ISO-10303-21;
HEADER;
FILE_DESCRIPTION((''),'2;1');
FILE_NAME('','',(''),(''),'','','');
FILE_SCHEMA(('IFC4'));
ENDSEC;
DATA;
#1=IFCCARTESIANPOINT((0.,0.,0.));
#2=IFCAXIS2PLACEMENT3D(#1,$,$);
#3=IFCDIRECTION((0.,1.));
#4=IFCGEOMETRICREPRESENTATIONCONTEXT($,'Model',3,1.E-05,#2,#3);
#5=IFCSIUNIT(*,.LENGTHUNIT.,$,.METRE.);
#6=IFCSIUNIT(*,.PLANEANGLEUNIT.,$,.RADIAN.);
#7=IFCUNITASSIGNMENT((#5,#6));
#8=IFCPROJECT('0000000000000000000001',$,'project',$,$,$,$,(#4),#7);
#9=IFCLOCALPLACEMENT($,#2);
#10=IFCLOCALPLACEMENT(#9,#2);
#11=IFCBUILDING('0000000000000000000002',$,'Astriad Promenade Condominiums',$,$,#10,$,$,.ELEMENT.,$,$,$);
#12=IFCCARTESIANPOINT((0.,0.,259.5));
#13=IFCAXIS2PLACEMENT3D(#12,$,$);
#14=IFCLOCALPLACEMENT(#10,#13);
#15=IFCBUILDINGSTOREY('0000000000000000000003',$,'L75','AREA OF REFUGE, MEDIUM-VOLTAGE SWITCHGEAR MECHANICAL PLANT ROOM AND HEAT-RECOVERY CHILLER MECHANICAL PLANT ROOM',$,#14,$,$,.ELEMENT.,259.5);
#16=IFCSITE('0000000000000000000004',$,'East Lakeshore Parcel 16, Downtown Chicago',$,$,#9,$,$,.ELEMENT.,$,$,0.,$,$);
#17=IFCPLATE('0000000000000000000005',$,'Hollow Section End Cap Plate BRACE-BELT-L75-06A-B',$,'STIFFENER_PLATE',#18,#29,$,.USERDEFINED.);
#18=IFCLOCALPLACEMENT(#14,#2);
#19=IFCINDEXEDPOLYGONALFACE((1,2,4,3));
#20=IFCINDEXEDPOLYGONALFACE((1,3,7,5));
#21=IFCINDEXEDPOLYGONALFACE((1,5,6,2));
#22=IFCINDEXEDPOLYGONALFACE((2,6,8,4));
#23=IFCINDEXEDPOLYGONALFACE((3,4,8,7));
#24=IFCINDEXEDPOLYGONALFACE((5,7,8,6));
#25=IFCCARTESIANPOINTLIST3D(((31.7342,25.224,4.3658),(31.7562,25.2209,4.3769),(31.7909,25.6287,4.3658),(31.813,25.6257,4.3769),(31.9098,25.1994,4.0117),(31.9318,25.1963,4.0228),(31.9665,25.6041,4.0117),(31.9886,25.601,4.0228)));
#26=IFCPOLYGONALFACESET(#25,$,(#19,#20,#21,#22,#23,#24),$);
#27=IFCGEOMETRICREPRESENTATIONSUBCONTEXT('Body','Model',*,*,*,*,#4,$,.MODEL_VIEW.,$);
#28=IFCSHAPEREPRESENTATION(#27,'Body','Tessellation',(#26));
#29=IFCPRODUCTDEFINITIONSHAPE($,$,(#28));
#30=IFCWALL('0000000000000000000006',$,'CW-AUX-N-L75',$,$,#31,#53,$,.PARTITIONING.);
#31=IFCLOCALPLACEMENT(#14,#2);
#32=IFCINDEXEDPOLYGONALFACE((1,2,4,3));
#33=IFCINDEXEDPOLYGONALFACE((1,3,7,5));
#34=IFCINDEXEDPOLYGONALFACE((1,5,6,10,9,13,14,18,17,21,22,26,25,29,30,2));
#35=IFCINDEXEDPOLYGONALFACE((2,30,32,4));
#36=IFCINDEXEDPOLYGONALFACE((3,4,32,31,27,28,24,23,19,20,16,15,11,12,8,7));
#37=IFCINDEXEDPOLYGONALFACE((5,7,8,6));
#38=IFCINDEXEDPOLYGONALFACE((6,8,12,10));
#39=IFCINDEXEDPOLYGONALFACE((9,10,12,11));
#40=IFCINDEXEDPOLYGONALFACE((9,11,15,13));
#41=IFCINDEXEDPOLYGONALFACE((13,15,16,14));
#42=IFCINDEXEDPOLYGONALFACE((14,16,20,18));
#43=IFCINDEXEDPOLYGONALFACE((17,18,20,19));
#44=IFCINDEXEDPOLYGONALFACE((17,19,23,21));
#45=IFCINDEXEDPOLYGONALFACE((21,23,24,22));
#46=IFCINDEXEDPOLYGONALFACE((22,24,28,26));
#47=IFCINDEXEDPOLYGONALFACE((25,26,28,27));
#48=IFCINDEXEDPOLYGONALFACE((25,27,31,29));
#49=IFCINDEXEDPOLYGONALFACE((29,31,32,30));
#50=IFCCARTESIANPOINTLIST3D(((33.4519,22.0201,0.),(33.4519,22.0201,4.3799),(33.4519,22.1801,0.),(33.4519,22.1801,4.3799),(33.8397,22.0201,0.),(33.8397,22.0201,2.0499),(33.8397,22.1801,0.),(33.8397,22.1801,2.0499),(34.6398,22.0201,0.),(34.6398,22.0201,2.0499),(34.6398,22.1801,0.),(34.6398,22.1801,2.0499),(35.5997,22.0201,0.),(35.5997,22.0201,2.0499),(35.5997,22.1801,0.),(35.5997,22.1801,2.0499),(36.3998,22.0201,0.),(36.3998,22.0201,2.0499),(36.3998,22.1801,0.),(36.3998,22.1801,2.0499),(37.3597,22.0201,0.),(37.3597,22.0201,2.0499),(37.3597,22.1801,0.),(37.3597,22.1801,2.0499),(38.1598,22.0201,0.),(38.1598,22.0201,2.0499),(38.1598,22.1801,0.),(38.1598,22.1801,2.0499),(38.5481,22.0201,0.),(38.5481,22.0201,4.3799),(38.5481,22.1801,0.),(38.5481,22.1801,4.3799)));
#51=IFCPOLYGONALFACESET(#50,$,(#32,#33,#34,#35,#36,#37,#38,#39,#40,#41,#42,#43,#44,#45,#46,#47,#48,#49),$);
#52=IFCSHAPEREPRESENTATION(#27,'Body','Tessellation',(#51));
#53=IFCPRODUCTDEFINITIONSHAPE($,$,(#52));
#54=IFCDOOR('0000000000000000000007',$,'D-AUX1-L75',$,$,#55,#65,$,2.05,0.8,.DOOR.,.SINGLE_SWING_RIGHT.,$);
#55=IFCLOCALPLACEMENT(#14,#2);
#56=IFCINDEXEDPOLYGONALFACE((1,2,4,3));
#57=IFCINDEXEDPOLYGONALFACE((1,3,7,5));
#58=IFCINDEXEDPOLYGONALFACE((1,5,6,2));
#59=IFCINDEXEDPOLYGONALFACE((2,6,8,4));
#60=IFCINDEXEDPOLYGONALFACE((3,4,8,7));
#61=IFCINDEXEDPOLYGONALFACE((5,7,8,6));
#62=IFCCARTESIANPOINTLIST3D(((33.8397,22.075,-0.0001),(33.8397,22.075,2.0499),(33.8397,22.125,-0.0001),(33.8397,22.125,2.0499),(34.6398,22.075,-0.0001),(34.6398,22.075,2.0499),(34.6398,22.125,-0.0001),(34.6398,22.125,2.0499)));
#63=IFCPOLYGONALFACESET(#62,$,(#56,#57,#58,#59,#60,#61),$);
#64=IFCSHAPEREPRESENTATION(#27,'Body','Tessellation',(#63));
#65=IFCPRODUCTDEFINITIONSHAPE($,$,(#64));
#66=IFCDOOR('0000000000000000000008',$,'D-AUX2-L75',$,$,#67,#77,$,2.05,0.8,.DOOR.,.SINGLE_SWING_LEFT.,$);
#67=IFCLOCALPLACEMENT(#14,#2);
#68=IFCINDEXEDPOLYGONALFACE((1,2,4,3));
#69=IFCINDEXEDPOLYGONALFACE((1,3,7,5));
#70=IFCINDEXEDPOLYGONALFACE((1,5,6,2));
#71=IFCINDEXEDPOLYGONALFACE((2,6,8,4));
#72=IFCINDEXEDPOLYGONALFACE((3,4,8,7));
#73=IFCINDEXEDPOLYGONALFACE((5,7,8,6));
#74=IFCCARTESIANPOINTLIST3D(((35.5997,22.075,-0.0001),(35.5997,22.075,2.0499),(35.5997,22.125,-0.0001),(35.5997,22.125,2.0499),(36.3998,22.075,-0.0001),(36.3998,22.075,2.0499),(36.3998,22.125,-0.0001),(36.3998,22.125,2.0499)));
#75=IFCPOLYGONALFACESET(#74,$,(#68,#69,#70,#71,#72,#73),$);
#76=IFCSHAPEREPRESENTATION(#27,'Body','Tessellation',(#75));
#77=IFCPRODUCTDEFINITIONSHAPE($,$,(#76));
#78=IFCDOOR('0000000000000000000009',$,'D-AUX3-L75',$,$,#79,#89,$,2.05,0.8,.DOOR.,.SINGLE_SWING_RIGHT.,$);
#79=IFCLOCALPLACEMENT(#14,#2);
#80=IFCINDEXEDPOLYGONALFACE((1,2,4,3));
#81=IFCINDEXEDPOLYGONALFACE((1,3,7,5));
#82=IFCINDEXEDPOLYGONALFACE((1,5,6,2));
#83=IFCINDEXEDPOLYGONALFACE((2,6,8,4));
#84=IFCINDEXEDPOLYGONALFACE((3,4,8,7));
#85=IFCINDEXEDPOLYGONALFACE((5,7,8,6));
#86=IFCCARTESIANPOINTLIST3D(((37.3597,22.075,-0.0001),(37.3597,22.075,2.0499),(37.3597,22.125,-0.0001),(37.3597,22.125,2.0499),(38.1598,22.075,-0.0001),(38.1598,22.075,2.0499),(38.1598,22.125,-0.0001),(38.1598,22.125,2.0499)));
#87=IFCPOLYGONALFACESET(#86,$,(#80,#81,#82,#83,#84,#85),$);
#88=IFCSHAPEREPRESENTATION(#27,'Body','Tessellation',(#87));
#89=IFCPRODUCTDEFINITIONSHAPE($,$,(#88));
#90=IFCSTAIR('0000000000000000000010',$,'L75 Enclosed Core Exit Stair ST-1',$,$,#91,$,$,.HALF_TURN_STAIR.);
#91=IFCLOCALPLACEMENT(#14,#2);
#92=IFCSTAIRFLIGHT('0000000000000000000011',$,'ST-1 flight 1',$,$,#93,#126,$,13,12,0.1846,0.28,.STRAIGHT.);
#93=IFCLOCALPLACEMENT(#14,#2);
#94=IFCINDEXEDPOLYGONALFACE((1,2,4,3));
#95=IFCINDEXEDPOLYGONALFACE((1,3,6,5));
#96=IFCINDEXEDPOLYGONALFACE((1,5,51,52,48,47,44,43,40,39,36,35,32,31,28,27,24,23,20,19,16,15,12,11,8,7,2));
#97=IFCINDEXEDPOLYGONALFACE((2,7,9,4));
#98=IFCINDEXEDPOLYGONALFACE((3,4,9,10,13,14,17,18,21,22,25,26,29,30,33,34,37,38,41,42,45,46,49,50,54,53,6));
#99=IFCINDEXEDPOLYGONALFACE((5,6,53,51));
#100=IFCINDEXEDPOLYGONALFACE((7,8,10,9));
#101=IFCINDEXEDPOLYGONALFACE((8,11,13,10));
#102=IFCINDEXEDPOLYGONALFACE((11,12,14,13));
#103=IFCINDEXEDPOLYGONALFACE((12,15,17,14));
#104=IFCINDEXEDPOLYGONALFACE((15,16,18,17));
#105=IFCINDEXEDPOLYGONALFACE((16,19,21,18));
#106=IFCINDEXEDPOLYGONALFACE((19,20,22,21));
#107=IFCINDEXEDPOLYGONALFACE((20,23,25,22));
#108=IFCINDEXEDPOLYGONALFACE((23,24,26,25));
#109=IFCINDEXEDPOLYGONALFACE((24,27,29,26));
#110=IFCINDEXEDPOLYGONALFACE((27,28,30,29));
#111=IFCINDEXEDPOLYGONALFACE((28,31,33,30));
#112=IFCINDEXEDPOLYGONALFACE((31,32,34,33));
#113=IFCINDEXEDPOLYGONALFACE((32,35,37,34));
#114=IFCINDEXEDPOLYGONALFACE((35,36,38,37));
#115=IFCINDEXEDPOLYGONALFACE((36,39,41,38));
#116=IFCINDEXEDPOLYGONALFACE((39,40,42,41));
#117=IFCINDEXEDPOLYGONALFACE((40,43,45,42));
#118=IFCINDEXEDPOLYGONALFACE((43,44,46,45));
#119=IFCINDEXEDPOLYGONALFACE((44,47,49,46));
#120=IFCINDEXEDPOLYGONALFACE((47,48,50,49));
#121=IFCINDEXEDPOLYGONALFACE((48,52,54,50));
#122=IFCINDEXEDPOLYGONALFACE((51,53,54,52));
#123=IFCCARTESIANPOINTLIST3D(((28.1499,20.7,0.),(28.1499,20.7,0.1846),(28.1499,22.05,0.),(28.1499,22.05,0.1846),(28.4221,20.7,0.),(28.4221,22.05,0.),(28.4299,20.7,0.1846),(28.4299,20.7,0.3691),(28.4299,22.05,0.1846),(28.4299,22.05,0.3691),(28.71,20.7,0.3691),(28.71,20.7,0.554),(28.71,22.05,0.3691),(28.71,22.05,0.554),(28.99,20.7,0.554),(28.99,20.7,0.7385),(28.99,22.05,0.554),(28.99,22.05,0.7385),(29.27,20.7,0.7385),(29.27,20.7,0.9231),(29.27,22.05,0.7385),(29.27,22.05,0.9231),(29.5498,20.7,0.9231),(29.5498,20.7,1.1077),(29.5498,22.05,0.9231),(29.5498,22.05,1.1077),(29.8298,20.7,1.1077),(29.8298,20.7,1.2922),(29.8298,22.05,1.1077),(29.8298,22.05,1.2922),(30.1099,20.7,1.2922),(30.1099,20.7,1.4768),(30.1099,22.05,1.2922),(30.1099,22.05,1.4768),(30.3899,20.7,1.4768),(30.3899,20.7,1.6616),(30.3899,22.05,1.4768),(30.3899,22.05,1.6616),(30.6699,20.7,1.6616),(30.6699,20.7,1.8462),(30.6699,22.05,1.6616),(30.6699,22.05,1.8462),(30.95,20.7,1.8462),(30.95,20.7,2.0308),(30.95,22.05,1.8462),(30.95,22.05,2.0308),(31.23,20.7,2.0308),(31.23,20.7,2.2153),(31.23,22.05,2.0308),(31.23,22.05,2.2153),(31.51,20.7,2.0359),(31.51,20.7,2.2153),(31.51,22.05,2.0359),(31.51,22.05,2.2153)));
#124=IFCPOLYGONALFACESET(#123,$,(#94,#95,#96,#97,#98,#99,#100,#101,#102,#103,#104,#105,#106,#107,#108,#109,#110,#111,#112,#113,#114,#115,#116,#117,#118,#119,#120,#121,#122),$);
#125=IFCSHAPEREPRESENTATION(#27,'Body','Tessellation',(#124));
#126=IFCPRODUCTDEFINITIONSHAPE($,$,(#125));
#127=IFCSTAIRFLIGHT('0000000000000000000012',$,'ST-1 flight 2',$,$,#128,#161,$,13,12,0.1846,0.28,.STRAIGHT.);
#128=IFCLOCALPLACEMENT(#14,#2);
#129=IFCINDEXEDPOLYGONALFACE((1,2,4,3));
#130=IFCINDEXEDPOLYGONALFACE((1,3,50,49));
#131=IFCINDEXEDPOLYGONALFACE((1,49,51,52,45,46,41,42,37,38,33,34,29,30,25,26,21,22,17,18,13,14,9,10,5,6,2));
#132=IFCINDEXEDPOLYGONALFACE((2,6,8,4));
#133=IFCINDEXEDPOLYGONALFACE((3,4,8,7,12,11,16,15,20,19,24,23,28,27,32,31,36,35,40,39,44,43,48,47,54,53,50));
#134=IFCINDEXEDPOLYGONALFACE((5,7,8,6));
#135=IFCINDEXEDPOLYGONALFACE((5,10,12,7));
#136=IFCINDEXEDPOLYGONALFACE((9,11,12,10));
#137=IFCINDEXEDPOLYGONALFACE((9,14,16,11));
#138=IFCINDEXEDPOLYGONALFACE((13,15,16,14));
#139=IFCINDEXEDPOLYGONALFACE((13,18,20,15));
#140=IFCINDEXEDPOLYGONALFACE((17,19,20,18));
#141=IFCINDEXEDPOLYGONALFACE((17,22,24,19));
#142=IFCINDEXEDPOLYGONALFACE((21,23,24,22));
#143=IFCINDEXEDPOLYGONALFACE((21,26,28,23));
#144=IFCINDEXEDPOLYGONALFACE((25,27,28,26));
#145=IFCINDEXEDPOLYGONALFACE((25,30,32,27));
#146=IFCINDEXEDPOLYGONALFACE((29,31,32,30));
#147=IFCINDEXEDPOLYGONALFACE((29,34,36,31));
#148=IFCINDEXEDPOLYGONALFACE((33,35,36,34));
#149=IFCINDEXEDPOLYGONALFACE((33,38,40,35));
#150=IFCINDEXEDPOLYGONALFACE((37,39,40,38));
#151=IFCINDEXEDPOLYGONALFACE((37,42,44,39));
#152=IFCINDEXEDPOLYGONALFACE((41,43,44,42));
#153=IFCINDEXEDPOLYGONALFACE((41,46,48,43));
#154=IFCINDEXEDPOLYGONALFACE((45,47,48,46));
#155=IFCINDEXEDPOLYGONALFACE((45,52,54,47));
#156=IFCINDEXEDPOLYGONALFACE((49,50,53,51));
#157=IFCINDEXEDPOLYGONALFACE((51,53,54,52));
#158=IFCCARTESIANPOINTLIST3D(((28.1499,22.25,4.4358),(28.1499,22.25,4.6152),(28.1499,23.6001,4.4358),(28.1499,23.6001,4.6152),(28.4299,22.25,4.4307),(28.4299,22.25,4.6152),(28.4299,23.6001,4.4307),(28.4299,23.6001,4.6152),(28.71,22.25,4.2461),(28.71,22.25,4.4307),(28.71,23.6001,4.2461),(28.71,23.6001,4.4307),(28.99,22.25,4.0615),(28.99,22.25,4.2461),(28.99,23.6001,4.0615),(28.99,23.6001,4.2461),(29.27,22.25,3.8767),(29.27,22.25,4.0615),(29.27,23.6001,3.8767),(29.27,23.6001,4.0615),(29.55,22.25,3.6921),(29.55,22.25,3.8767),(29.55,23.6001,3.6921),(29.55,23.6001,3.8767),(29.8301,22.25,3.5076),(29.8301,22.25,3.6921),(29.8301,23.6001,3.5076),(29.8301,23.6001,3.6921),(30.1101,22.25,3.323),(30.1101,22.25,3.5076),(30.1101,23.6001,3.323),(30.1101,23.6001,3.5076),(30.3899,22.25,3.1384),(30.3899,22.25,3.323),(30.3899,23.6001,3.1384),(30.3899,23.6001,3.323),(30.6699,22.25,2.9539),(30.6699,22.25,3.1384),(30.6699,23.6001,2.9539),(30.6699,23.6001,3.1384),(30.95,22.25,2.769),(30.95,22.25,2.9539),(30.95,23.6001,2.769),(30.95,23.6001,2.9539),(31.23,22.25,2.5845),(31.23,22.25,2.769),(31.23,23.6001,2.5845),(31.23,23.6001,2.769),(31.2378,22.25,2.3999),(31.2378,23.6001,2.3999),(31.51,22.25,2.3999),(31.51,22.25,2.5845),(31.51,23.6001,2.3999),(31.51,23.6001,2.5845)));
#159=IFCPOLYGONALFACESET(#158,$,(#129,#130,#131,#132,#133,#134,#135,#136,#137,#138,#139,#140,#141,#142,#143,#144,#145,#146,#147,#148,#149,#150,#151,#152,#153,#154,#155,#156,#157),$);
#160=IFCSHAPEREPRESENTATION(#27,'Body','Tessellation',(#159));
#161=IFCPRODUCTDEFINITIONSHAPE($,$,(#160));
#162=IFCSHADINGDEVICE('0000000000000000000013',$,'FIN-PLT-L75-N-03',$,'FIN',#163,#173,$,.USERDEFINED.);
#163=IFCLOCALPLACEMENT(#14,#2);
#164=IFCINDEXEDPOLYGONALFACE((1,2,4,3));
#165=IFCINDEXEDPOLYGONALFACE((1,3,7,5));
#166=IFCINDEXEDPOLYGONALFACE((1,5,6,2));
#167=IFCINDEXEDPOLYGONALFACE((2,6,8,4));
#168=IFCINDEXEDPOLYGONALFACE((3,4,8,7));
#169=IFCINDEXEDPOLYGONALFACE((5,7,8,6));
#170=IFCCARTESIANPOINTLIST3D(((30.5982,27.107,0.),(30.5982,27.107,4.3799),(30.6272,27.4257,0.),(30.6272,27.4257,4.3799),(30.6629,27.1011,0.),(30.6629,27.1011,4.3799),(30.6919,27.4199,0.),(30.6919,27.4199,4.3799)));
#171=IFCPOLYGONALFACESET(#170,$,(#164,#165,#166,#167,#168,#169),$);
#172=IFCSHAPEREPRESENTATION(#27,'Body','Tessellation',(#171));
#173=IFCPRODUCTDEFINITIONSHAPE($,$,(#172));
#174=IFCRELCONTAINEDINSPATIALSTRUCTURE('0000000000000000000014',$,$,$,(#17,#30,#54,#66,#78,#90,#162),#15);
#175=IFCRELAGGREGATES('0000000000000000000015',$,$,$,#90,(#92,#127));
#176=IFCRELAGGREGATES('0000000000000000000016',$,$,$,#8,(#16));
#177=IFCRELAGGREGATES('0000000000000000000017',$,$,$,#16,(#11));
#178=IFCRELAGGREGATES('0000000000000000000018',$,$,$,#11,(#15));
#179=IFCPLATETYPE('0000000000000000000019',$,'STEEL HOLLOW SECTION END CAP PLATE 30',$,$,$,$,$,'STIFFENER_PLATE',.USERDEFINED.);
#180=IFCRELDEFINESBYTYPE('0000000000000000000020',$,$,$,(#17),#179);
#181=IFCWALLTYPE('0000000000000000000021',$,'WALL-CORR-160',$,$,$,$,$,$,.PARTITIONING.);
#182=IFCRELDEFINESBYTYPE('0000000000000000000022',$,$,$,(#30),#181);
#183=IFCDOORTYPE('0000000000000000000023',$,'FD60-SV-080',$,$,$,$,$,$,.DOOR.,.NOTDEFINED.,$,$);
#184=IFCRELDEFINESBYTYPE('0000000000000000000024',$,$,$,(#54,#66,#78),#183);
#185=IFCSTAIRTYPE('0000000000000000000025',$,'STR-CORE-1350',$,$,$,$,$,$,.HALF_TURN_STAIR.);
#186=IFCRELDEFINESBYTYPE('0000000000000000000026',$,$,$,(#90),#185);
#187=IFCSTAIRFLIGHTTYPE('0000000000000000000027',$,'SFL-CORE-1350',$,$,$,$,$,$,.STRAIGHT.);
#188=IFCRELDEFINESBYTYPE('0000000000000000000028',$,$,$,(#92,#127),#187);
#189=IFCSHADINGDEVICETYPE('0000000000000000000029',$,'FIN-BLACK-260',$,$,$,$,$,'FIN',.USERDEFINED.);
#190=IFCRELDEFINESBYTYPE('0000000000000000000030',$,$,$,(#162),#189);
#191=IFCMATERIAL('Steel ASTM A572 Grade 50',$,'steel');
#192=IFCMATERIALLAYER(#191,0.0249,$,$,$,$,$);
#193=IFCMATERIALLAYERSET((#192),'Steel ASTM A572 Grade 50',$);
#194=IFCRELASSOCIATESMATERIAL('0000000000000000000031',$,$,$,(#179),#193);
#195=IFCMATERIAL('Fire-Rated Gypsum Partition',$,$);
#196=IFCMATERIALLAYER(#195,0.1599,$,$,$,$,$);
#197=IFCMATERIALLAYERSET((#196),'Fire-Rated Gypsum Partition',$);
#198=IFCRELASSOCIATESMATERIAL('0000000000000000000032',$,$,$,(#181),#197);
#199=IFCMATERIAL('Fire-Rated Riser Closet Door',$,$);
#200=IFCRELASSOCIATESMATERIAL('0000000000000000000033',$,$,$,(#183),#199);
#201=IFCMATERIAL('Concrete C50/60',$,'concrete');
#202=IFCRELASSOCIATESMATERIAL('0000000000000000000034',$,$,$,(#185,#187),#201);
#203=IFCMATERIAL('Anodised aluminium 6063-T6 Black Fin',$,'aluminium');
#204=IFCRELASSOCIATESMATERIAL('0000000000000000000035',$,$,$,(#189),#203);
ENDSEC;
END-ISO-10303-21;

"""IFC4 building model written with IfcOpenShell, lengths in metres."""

from ifc_helpers import new_model, si_unit, direction, frame, frame_2d, origin, origin_2d, place, context, subcontext, project, spatial, polyline, rectangle, outline, extrude, source, transform, mapped, material, layer, layer_set, type_object, type_shapes, element, fill, aggregate, save


model = new_model("IFC4")

# Units and contexts
model_context = context("Model", 3, precision=1e-05, world=origin(), true_north=direction((0.0, 1.0)))
body_context = subcontext(model_context, "Body", "Model", "MODEL_VIEW")
ifc_project = project(units=[si_unit("LENGTHUNIT", "METRE"), si_unit("PLANEANGLEUNIT", "RADIAN")], contexts=[model_context])

# Site, building, storey
site_placement = place(None, origin())
site = spatial("IfcSite", under=ifc_project, at=site_placement, Name="East Lakeshore Parcel 16, Downtown Chicago", CompositionType="ELEMENT", RefElevation=0.0)
building_placement = place(site_placement, origin())
building = spatial("IfcBuilding", under=site, at=building_placement, Name="Astriad Promenade Condominiums", CompositionType="ELEMENT")
storey_placement = place(building_placement, frame((0.0, 0.0, 259.5)))
storey = spatial("IfcBuildingStorey", under=building, at=storey_placement, Name="L75", Description="AREA OF REFUGE, MEDIUM-VOLTAGE SWITCHGEAR MECHANICAL PLANT ROOM AND HEAT-RECOVERY CHILLER MECHANICAL PLANT ROOM", CompositionType="ELEMENT", Elevation=259.5)

# Plate
ifc_material_1 = material(Name="Steel ASTM A572 Grade 50", Category="steel")
ifc_layer_1 = layer(ifc_material_1, 0.0249)
ifc_layer_set_1 = layer_set([ifc_layer_1], Name="Steel ASTM A572 Grade 50")
plate_type_1 = type_object("IfcPlateType", Name="STEEL HOLLOW SECTION END CAP PLATE 30", ElementType="STIFFENER_PLATE", PredefinedType="USERDEFINED", material=ifc_layer_set_1)
shared_shape_1 = source(origin(), body_context, "Body", "SweptSolid", [
    extrude(rectangle(XDim=0.4087, YDim=0.396, at=origin_2d()), origin(), (0.0, 0.0, 1.0), 0.0249),
])
plate_1_placement = place(storey_placement, frame((31.8503, 25.4141, 4.1887), z_axis=(0.885461, -0.124197, 0.44781), x_axis=(0.138903, 0.990306, 0.0)))
element("IfcPlate", 1, at=plate_1_placement, inside=storey, type_object=plate_type_1, Name="Hollow Section End Cap Plate BRACE-BELT-L75-06A-B", ObjectType="STIFFENER_PLATE", PredefinedType="USERDEFINED", context=body_context, shape_type="MappedRepresentation", body=[
    mapped(shared_shape_1, transform((0.0, 0.0, 0.0), scale=1.0)),
])

# Wall, openings, doors
ifc_material_2 = material(Name="Fire-Rated Gypsum Partition")
ifc_layer_2 = layer(ifc_material_2, 0.1599)
ifc_layer_set_2 = layer_set([ifc_layer_2], Name="Fire-Rated Gypsum Partition")
wall_type = type_object("IfcWallType", Name="WALL-CORR-160", PredefinedType="PARTITIONING", material=ifc_layer_set_2)
wall_placement = place(storey_placement, frame((33.4519, 22.1001, 0.0), z_axis=(0.0, 0.0, 1.0), x_axis=(1.0, 0.0, 0.0)))
wall = element("IfcWall", 2, at=wall_placement, inside=storey, type_object=wall_type, Name="CW-AUX-N-L75", PredefinedType="PARTITIONING", context=body_context, shape_type="SweptSolid", body=[
    extrude(rectangle(XDim=5.0962, YDim=0.1599, at=frame_2d((2.5481, 0.0))), origin(), (0.0, 0.0, 1.0), 4.3799),
])
opening_1_placement = place(wall_placement, frame((0.3879, 0.0, 0.0)))
opening_1 = element("IfcOpeningElement", 3, at=opening_1_placement, cuts=wall, PredefinedType="OPENING", context=body_context, shape_type="SweptSolid", body=[
    extrude(rectangle(XDim=0.8, YDim=2.05, at=frame_2d((0.3999, 1.0249))), frame((0.0, 0.0898, 0.0), z_axis=(0.0, -1.0, 0.0), x_axis=(1.0, 0.0, 0.0)), (0.0, 0.0, 1.0), 0.1799),
])
opening_2_placement = place(wall_placement, frame((2.1479, 0.0, 0.0)))
opening_2 = element("IfcOpeningElement", 4, at=opening_2_placement, cuts=wall, PredefinedType="OPENING", context=body_context, shape_type="SweptSolid", body=[
    extrude(rectangle(XDim=0.8, YDim=2.05, at=frame_2d((0.3999, 1.0249))), frame((0.0, 0.0898, 0.0), z_axis=(0.0, -1.0, 0.0), x_axis=(1.0, 0.0, 0.0)), (0.0, 0.0, 1.0), 0.1799),
])
opening_3_placement = place(wall_placement, frame((3.908, 0.0, 0.0)))
opening_3 = element("IfcOpeningElement", 5, at=opening_3_placement, cuts=wall, PredefinedType="OPENING", context=body_context, shape_type="SweptSolid", body=[
    extrude(rectangle(XDim=0.8, YDim=2.05, at=frame_2d((0.3999, 1.0249))), frame((0.0, 0.0898, 0.0), z_axis=(0.0, -1.0, 0.0), x_axis=(1.0, 0.0, 0.0)), (0.0, 0.0, 1.0), 0.1799),
])
ifc_material_3 = material(Name="Fire-Rated Riser Closet Door")
door_type = type_object("IfcDoorType", Name="FD60-SV-080", OperationType="NOTDEFINED", PredefinedType="DOOR", material=ifc_material_3)
shared_shape_2 = source(origin(), body_context, "Body", "SweptSolid", [
    extrude(rectangle(XDim=0.8, YDim=2.05, at=frame_2d((0.3999, 1.0249))), frame((0.0, 0.0249, 0.0), z_axis=(0.0, -1.0, 0.0), x_axis=(1.0, 0.0, 0.0)), (0.0, 0.0, 1.0), 0.05),
])
type_shapes(door_type, [shared_shape_2])
door_1_placement = place(opening_1_placement, origin())
door_1 = element("IfcDoor", 6, at=door_1_placement, inside=storey, type_object=door_type, Name="D-AUX1-L75", OperationType="SINGLE_SWING_RIGHT", OverallHeight=2.05, OverallWidth=0.8, PredefinedType="DOOR", context=body_context, shape_type="MappedRepresentation", body=[
    mapped(shared_shape_2, transform((0.0, 0.0, 0.0), scale=1.0)),
])
fill(opening_1, door_1)
door_2_placement = place(opening_2_placement, origin())
door_2 = element("IfcDoor", 7, at=door_2_placement, inside=storey, type_object=door_type, Name="D-AUX2-L75", OperationType="SINGLE_SWING_LEFT", OverallHeight=2.05, OverallWidth=0.8, PredefinedType="DOOR", context=body_context, shape_type="MappedRepresentation", body=[
    mapped(shared_shape_2, transform((0.0, 0.0, 0.0), scale=1.0)),
])
fill(opening_2, door_2)
door_3_placement = place(opening_3_placement, origin())
door_3 = element("IfcDoor", 8, at=door_3_placement, inside=storey, type_object=door_type, Name="D-AUX3-L75", OperationType="SINGLE_SWING_RIGHT", OverallHeight=2.05, OverallWidth=0.8, PredefinedType="DOOR", context=body_context, shape_type="MappedRepresentation", body=[
    mapped(shared_shape_2, transform((0.0, 0.0, 0.0), scale=1.0)),
])
fill(opening_3, door_3)

# Stair, stair flights
ifc_material_4 = material(Name="Concrete C50/60", Category="concrete")
stair_type = type_object("IfcStairType", Name="STR-CORE-1350", PredefinedType="HALF_TURN_STAIR", material=ifc_material_4)
stair_placement = place(storey_placement, origin())
stair = element("IfcStair", 9, at=stair_placement, inside=storey, type_object=stair_type, Name="L75 Enclosed Core Exit Stair ST-1", PredefinedType="HALF_TURN_STAIR")
stair_flight_type = type_object("IfcStairFlightType", Name="SFL-CORE-1350", PredefinedType="STRAIGHT", material=ifc_material_4)
shared_shape_3 = source(origin(), body_context, "Body", "SweptSolid", [
    extrude(outline(polyline([(0.0, 0.0), (0.0, 0.1846), (0.28, 0.1846), (0.28, 0.3691), (0.5601, 0.3691), (0.5601, 0.554), (0.8401, 0.554), (0.8401, 0.7385), (1.1201, 0.7385), (1.1201, 0.9231), (1.3999, 0.9231), (1.3999, 1.1077), (1.6799, 1.1077), (1.6799, 1.2922), (1.96, 1.2922), (1.96, 1.4768), (2.24, 1.4768), (2.24, 1.6616), (2.52, 1.6616), (2.52, 1.8462), (2.8, 1.8462), (2.8, 2.0308), (3.0801, 2.0308), (3.0801, 2.2153), (3.3601, 2.2153), (3.3601, 2.3999), (3.3601, 2.0359), (0.2722, 0.0), (0.0, 0.0)])), frame((0.0, 0.675, 0.0), z_axis=(0.0, -1.0, 0.0), x_axis=(1.0, 0.0, 0.0)), (0.0, 0.0, 1.0), 1.3501),
])
type_shapes(stair_flight_type, [shared_shape_3])
stair_flight_1_placement = place(storey_placement, frame((28.1499, 21.375, 0.0), z_axis=(0.0, 0.0, 1.0), x_axis=(1.0, 0.0, 0.0)))
stair_flight_1 = element("IfcStairFlight", 10, at=stair_flight_1_placement, type_object=stair_flight_type, Name="ST-1 flight 1", NumberOfRisers=13, NumberOfTreads=12, PredefinedType="STRAIGHT", RiserHeight=0.1846, TreadLength=0.28, context=body_context, shape_type="MappedRepresentation", body=[
    mapped(shared_shape_3, transform((0.0, 0.0, 0.0), scale=1.0)),
])
stair_flight_2_placement = place(storey_placement, frame((31.51, 22.925, 2.3999), z_axis=(0.0, 0.0, 1.0), x_axis=(-1.0, 0.0, 0.0)))
stair_flight_2 = element("IfcStairFlight", 11, at=stair_flight_2_placement, type_object=stair_flight_type, Name="ST-1 flight 2", NumberOfRisers=13, NumberOfTreads=12, PredefinedType="STRAIGHT", RiserHeight=0.1846, TreadLength=0.28, context=body_context, shape_type="MappedRepresentation", body=[
    mapped(shared_shape_3, transform((0.0, 0.0, 0.0), scale=1.0)),
])
aggregate(stair, [stair_flight_1, stair_flight_2])

# Shading device
ifc_material_5 = material(Name="Anodised aluminium 6063-T6 Black Fin", Category="aluminium")
shading_device_type = type_object("IfcShadingDeviceType", Name="FIN-BLACK-260", ElementType="FIN", PredefinedType="USERDEFINED", material=ifc_material_5)
shared_shape_4 = source(origin(), body_context, "Body", "SweptSolid", [
    extrude(rectangle(XDim=0.0649, YDim=0.3201, at=origin_2d()), origin(), (0.0, 0.0, 1.0), 4.3799),
])
type_shapes(shading_device_type, [shared_shape_4])
shading_device_placement = place(storey_placement, frame((30.645, 27.2634, 0.0), z_axis=(0.0, 0.0, 1.0), x_axis=(0.995884, -0.090633, 0.0)))
element("IfcShadingDevice", 12, at=shading_device_placement, inside=storey, type_object=shading_device_type, Name="FIN-PLT-L75-N-03", ObjectType="FIN", PredefinedType="USERDEFINED", context=body_context, shape_type="MappedRepresentation", body=[
    mapped(shared_shape_4, transform((0.0, 0.0, 0.0), scale=1.0)),
])

save(model, "model.ifc")
